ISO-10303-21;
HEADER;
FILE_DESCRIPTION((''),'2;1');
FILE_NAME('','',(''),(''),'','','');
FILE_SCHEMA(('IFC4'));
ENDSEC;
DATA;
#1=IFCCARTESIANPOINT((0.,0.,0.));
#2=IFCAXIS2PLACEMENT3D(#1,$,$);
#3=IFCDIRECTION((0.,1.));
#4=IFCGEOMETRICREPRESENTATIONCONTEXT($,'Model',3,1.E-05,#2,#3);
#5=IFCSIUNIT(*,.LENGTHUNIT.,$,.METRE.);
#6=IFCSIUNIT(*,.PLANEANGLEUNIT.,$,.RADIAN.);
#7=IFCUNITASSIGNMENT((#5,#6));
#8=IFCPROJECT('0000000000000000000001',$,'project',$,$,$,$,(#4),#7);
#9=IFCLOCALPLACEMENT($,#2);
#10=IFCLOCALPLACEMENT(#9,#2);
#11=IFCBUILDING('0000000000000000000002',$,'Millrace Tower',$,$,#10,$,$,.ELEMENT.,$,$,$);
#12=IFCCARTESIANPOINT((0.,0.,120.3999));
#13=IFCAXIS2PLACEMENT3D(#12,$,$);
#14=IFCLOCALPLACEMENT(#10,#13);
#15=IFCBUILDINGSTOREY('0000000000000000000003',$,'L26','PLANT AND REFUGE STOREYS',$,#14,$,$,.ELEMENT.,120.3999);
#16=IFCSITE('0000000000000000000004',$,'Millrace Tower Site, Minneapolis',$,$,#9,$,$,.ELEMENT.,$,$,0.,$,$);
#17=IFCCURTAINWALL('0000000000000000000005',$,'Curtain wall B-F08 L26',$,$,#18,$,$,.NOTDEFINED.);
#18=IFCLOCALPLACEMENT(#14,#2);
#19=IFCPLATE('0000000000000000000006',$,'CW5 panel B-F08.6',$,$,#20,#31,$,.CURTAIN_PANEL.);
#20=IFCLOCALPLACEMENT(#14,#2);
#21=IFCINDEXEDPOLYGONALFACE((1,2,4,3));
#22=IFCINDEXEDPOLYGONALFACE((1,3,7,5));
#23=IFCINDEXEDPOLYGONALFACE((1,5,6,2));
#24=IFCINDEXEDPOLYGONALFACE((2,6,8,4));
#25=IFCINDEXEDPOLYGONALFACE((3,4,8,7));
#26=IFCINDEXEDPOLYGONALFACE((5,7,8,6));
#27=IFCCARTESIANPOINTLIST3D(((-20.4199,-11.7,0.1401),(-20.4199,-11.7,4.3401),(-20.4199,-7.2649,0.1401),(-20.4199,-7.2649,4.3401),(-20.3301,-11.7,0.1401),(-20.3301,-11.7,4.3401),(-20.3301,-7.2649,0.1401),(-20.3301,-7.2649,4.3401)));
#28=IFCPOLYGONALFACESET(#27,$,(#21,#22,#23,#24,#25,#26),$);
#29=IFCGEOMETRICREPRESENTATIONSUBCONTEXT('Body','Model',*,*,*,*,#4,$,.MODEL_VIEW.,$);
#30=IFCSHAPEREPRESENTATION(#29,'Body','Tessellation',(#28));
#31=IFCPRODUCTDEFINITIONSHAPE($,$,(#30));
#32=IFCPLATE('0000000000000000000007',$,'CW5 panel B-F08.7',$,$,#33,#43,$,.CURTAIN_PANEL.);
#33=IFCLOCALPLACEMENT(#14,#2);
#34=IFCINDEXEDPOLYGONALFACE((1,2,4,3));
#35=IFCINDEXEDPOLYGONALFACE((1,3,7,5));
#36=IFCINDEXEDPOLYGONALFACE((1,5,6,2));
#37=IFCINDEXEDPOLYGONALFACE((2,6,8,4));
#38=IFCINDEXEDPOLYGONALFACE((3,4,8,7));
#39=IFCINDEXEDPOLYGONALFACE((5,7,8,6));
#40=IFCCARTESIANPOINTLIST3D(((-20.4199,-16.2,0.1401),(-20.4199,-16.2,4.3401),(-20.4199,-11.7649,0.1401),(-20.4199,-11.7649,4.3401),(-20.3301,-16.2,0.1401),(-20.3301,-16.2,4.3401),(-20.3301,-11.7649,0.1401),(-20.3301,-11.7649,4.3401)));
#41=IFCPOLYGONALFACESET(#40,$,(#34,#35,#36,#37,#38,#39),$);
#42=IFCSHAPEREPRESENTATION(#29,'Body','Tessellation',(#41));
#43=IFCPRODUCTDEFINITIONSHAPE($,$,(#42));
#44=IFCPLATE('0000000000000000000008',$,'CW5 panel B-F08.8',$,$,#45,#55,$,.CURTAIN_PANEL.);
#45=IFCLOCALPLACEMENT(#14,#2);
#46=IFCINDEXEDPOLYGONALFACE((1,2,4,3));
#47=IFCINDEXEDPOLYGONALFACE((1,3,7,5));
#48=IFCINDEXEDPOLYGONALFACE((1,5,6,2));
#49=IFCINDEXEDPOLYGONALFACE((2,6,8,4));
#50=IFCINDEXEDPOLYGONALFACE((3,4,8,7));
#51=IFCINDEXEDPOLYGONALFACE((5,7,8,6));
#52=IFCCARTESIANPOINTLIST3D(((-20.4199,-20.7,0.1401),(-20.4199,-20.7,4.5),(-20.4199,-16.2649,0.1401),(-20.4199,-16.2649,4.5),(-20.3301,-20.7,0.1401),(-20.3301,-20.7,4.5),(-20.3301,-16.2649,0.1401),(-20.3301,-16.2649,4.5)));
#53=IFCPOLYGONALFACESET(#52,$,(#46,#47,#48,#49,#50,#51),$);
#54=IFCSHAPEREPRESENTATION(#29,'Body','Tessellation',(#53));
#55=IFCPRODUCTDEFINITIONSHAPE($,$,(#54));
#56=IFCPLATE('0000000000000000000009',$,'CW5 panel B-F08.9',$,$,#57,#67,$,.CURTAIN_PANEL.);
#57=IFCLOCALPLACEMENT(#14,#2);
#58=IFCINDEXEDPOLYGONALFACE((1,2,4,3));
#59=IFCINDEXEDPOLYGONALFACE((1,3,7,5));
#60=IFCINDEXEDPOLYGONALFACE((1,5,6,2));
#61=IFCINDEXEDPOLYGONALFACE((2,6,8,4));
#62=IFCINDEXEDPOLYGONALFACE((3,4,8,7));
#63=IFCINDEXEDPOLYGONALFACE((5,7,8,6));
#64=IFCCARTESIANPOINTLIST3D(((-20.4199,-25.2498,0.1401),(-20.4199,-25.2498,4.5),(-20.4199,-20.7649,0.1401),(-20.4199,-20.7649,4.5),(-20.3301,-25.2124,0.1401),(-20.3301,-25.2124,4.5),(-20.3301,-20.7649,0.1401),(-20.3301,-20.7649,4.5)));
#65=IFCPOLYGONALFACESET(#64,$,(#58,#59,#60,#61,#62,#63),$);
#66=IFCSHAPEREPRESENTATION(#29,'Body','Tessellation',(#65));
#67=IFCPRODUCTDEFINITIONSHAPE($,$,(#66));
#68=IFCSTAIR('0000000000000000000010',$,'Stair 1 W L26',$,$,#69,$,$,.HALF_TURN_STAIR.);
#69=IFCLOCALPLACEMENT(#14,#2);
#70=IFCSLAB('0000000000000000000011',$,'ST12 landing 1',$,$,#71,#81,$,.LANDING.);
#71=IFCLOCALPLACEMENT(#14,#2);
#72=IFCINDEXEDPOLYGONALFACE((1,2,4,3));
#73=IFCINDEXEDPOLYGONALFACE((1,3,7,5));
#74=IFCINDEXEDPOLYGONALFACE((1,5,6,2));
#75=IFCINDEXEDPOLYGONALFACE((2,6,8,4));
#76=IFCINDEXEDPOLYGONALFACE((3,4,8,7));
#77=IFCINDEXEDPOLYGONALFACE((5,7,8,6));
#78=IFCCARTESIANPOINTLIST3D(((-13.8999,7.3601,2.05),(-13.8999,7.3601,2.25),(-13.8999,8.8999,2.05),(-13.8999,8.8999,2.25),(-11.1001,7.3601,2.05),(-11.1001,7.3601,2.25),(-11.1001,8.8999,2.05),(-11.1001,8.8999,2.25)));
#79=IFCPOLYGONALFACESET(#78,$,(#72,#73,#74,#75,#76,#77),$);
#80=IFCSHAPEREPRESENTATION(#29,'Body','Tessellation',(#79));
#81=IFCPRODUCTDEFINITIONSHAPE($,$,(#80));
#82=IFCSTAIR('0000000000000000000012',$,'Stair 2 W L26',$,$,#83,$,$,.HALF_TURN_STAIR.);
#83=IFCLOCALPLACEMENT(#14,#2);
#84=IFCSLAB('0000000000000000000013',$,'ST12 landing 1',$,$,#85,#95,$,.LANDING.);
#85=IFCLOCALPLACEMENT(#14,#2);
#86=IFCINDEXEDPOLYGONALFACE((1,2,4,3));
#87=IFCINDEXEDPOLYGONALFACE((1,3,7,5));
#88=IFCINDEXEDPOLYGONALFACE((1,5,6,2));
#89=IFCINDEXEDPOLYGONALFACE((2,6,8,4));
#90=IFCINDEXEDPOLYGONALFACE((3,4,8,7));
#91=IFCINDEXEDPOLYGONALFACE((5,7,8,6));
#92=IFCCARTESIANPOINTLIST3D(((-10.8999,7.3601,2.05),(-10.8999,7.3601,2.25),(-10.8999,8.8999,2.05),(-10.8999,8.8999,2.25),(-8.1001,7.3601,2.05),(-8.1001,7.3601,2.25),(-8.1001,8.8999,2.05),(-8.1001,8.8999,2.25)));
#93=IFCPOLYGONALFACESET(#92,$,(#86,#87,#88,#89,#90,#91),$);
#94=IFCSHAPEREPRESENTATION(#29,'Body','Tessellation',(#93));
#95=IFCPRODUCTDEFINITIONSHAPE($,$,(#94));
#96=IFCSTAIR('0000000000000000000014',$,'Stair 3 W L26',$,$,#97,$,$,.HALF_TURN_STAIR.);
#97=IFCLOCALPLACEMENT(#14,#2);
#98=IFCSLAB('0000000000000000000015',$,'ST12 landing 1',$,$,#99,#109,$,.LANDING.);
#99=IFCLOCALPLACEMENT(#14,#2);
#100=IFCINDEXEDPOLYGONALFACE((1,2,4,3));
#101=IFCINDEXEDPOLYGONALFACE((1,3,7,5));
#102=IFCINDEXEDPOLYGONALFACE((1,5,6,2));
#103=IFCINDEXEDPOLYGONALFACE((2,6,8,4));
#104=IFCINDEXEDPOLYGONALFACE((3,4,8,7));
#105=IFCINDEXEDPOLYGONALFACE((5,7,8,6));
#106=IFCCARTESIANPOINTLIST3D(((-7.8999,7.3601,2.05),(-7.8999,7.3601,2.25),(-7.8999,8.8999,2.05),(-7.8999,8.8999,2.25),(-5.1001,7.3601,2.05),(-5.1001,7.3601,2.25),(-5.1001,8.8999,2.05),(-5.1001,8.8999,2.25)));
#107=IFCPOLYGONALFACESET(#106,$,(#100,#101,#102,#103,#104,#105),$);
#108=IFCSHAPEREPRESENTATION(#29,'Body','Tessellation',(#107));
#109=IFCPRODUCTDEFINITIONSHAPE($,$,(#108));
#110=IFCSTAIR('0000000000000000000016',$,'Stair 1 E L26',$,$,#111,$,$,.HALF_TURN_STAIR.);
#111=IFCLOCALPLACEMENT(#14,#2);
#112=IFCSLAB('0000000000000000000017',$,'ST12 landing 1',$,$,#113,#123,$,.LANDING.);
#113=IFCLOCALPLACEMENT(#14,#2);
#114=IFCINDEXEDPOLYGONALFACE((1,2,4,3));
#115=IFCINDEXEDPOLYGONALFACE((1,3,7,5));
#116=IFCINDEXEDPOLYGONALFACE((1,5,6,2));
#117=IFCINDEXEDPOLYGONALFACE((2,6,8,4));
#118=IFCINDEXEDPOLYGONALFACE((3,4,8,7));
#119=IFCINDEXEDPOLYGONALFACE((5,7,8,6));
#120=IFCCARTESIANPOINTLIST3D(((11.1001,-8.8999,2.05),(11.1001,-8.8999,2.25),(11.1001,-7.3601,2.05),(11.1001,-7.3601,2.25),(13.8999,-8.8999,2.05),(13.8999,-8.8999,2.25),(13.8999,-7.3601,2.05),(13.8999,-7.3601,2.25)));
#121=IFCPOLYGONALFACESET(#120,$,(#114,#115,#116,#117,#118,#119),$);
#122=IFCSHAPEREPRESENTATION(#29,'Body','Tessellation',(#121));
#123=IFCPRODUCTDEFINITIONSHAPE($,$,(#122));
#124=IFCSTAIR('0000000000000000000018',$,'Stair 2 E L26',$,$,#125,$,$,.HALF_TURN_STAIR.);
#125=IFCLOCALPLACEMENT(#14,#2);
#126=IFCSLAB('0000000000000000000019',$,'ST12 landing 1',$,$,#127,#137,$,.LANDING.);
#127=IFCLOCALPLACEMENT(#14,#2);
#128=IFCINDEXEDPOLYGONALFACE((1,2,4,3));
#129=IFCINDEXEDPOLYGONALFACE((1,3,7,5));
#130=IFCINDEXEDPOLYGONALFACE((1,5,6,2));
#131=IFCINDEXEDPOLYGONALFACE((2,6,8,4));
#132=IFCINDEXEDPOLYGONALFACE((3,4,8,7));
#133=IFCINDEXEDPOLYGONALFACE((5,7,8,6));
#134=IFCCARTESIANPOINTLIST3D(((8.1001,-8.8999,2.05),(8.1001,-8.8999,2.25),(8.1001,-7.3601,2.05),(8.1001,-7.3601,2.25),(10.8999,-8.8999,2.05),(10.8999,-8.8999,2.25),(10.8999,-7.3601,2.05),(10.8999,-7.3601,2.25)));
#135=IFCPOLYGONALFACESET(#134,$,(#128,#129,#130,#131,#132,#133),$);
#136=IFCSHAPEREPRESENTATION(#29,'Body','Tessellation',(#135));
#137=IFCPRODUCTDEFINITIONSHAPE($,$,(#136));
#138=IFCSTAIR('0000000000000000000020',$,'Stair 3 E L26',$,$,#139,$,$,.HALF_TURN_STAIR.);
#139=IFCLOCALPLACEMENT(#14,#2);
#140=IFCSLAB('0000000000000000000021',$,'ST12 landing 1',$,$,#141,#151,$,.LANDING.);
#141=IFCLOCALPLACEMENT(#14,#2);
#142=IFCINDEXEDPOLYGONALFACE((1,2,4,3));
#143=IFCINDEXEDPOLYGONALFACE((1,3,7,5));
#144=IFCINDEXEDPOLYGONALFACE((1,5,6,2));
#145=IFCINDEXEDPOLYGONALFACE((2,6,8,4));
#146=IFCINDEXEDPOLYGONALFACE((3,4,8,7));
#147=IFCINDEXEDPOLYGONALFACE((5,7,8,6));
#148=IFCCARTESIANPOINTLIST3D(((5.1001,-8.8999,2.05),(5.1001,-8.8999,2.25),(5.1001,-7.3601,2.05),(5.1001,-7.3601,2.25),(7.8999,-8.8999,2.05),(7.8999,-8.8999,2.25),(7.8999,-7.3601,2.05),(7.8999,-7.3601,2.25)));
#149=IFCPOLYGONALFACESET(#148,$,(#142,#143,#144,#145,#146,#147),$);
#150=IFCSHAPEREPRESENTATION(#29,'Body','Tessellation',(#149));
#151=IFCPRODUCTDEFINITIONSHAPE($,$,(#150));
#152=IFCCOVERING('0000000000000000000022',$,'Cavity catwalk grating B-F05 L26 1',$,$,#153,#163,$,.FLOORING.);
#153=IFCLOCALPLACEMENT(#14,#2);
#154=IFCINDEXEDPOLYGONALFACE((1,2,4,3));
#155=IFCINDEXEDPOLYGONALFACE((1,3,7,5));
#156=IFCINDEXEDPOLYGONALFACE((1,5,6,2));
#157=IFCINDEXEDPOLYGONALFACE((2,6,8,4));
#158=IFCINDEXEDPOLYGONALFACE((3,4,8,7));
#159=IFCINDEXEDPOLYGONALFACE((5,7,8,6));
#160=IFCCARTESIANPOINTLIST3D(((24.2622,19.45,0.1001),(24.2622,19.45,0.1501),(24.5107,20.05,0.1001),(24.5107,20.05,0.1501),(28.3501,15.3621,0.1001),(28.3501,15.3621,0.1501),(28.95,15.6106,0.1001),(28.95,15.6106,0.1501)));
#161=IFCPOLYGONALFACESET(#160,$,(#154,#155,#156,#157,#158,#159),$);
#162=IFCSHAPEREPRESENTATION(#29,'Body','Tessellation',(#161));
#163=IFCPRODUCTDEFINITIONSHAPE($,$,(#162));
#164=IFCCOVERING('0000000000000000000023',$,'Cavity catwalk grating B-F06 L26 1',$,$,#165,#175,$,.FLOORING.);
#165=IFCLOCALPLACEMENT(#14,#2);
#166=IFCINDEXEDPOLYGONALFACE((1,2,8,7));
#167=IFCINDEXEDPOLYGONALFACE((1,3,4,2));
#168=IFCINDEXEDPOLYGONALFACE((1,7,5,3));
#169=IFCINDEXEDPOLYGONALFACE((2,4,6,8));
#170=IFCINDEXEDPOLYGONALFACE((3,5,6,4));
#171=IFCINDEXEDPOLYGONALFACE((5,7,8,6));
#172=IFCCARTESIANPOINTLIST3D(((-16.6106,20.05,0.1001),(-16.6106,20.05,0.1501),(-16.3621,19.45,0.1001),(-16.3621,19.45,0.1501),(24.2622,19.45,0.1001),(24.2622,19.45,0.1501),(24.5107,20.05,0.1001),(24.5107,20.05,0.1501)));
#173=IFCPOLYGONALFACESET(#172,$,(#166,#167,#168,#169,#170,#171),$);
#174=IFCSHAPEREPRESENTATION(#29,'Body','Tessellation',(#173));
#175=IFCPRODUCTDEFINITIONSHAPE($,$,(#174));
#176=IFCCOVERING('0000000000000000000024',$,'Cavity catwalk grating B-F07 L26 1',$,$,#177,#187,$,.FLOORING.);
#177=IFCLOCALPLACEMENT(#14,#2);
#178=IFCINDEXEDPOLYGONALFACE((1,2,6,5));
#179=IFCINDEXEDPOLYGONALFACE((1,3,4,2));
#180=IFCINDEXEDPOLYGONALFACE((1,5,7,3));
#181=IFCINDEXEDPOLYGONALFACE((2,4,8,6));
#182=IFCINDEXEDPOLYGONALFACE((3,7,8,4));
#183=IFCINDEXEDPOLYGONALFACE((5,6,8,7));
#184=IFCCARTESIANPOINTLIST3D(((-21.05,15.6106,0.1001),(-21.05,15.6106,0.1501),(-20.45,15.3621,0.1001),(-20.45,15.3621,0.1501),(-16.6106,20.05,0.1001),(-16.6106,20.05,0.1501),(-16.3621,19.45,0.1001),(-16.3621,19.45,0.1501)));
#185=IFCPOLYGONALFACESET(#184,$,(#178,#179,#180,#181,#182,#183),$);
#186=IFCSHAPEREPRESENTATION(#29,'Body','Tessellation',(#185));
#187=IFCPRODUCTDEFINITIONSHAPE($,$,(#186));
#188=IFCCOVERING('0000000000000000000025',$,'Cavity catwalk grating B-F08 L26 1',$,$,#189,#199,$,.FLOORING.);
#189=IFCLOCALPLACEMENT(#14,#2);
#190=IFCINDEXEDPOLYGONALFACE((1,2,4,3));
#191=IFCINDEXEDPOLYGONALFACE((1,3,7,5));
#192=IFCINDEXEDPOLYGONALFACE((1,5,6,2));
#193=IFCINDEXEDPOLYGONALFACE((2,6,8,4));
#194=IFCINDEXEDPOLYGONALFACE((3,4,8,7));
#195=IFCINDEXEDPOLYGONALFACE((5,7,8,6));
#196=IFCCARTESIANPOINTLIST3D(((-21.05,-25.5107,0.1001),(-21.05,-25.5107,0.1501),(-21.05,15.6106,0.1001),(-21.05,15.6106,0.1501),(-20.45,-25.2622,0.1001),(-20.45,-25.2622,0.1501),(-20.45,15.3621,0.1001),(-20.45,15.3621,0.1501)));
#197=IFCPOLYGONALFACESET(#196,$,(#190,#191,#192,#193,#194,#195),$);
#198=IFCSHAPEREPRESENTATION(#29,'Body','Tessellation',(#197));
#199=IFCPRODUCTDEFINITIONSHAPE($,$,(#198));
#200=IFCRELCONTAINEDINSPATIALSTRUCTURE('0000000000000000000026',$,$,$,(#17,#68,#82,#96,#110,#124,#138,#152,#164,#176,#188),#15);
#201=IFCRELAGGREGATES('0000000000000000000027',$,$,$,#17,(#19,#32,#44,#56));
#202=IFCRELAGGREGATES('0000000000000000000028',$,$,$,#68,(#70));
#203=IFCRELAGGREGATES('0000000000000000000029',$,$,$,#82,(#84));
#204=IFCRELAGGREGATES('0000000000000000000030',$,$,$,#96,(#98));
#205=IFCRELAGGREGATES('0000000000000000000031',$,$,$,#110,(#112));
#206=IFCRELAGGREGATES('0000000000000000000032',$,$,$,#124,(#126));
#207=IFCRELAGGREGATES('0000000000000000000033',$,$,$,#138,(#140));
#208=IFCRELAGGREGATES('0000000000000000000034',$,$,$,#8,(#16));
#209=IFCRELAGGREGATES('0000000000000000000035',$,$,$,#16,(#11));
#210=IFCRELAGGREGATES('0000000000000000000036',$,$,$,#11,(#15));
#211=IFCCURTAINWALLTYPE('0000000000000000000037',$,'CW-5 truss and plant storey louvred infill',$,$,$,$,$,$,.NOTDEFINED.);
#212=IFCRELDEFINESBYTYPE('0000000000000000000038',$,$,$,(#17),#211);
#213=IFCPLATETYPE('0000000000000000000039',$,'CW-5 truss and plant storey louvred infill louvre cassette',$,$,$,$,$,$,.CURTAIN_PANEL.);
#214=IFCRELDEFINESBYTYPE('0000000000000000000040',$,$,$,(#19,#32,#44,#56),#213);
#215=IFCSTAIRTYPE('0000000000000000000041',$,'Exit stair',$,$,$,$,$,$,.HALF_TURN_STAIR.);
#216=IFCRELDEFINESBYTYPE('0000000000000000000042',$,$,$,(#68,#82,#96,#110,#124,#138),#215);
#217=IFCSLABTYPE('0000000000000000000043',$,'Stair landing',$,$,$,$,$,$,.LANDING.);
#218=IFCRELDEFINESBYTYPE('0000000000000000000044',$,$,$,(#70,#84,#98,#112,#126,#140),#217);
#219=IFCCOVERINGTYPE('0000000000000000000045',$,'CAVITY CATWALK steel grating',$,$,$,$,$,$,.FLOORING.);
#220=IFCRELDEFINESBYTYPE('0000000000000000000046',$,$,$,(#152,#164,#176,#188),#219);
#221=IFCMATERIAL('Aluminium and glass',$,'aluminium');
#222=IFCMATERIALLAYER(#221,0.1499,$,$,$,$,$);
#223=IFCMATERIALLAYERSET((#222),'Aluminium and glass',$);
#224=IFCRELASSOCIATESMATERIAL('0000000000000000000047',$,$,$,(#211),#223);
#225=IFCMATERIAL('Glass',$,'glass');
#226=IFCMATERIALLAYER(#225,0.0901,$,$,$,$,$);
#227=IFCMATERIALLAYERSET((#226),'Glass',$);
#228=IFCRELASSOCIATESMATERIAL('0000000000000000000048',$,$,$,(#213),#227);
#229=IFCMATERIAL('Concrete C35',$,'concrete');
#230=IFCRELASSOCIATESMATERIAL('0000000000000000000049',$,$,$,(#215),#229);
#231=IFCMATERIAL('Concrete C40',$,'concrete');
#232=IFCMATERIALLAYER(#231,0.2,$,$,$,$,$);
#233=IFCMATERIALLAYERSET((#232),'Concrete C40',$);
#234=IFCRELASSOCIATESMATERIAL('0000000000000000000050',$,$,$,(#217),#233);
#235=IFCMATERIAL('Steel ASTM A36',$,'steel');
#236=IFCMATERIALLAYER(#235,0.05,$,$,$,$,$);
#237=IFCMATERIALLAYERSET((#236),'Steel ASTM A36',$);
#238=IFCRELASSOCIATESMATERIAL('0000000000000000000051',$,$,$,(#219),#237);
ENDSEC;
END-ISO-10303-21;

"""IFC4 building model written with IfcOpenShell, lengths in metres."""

from ifc_helpers import new_model, si_unit, direction, frame, origin, place, context, subcontext, project, spatial, polyline, outline, extrude, material, layer, layer_set, type_object, element, aggregate, save


model = new_model("IFC4")

# Units and contexts
model_context = context("Model", 3, precision=1e-05, world=origin(), true_north=direction((0.0, 1.0)))
body_context = subcontext(model_context, "Body", "Model", "MODEL_VIEW")
ifc_project = project(units=[si_unit("LENGTHUNIT", "METRE"), si_unit("PLANEANGLEUNIT", "RADIAN")], contexts=[model_context])

# Site, building, storey
site_placement = place(None, origin())
site = spatial("IfcSite", under=ifc_project, at=site_placement, Name="Millrace Tower Site, Minneapolis", CompositionType="ELEMENT", RefElevation=0.0)
building_placement = place(site_placement, origin())
building = spatial("IfcBuilding", under=site, at=building_placement, Name="Millrace Tower", CompositionType="ELEMENT")
storey_placement = place(building_placement, frame((0.0, 0.0, 120.3999)))
storey = spatial("IfcBuildingStorey", under=building, at=storey_placement, Name="L26", Description="PLANT AND REFUGE STOREYS", CompositionType="ELEMENT", Elevation=120.3999)

# Shared definitions
ifc_material_1 = material(Name="Aluminium and glass", Category="aluminium")
ifc_layer_1 = layer(ifc_material_1, 0.1499)
ifc_layer_set_1 = layer_set([ifc_layer_1], Name="Aluminium and glass")
curtain_wall_type = type_object("IfcCurtainWallType", Name="CW-5 truss and plant storey louvred infill", PredefinedType="NOTDEFINED", material=ifc_layer_set_1)
placement_1 = place(storey_placement, origin())
ifc_material_2 = material(Name="Glass", Category="glass")
ifc_layer_2 = layer(ifc_material_2, 0.0901)
ifc_layer_set_2 = layer_set([ifc_layer_2], Name="Glass")
plate_type = type_object("IfcPlateType", Name="CW-5 truss and plant storey louvred infill louvre cassette", PredefinedType="CURTAIN_PANEL", material=ifc_layer_set_2)
placement_2 = place(storey_placement, frame((0.0, 0.0, 0.1401)))

# Curtain wall, plates
curtain_wall_1 = element("IfcCurtainWall", 1, at=placement_1, inside=storey, type_object=curtain_wall_type, Name="Curtain wall B-F08 L26", PredefinedType="NOTDEFINED")
plate_1 = element("IfcPlate", 2, at=placement_2, type_object=plate_type, Name="CW5 panel B-F08.6", PredefinedType="CURTAIN_PANEL", context=body_context, shape_type="SweptSolid", body=[
    extrude(outline(polyline([(-20.4199, -7.2649), (-20.4199, -11.7), (-20.3301, -11.7), (-20.3301, -7.2649), (-20.4199, -7.2649)])), origin(), (0.0, 0.0, 1.0), 4.2),
])
plate_2 = element("IfcPlate", 3, at=placement_2, type_object=plate_type, Name="CW5 panel B-F08.7", PredefinedType="CURTAIN_PANEL", context=body_context, shape_type="SweptSolid", body=[
    extrude(outline(polyline([(-20.4199, -11.7649), (-20.4199, -16.2), (-20.3301, -16.2), (-20.3301, -11.7649), (-20.4199, -11.7649)])), origin(), (0.0, 0.0, 1.0), 4.2),
])
plate_3 = element("IfcPlate", 4, at=placement_2, type_object=plate_type, Name="CW5 panel B-F08.8", PredefinedType="CURTAIN_PANEL", context=body_context, shape_type="SweptSolid", body=[
    extrude(outline(polyline([(-20.4199, -16.2649), (-20.4199, -20.7), (-20.3301, -20.7), (-20.3301, -16.2649), (-20.4199, -16.2649)])), origin(), (0.0, 0.0, 1.0), 4.3599),
])
plate_4 = element("IfcPlate", 5, at=placement_2, type_object=plate_type, Name="CW5 panel B-F08.9", PredefinedType="CURTAIN_PANEL", context=body_context, shape_type="SweptSolid", body=[
    extrude(outline(polyline([(-20.4199, -20.7649), (-20.4199, -25.2498), (-20.3301, -25.2124), (-20.3301, -20.7649), (-20.4199, -20.7649)])), origin(), (0.0, 0.0, 1.0), 4.3599),
])
aggregate(curtain_wall_1, [plate_1, plate_2, plate_3, plate_4])

# Stairs, slabs
ifc_material_3 = material(Name="Concrete C35", Category="concrete")
stair_type = type_object("IfcStairType", Name="Exit stair", PredefinedType="HALF_TURN_STAIR", material=ifc_material_3)
stair_1 = element("IfcStair", 6, at=placement_1, inside=storey, type_object=stair_type, Name="Stair 1 W L26", PredefinedType="HALF_TURN_STAIR")
ifc_material_4 = material(Name="Concrete C40", Category="concrete")
ifc_layer_3 = layer(ifc_material_4, 0.2)
ifc_layer_set_3 = layer_set([ifc_layer_3], Name="Concrete C40")
slab_type = type_object("IfcSlabType", Name="Stair landing", PredefinedType="LANDING", material=ifc_layer_set_3)
placement_3 = place(storey_placement, frame((0.0, 0.0, 2.05)))
slab_1 = element("IfcSlab", 7, at=placement_3, type_object=slab_type, Name="ST12 landing 1", PredefinedType="LANDING", context=body_context, shape_type="SweptSolid", body=[
    extrude(outline(polyline([(-13.8999, 7.3601), (-11.1001, 7.3601), (-11.1001, 8.8999), (-13.8999, 8.8999), (-13.8999, 7.3601)])), origin(), (0.0, 0.0, 1.0), 0.2),
])
aggregate(stair_1, [slab_1])
stair_2 = element("IfcStair", 8, at=placement_1, inside=storey, type_object=stair_type, Name="Stair 2 W L26", PredefinedType="HALF_TURN_STAIR")
slab_2 = element("IfcSlab", 9, at=placement_3, type_object=slab_type, Name="ST12 landing 1", PredefinedType="LANDING", context=body_context, shape_type="SweptSolid", body=[
    extrude(outline(polyline([(-10.8999, 7.3601), (-8.1001, 7.3601), (-8.1001, 8.8999), (-10.8999, 8.8999), (-10.8999, 7.3601)])), origin(), (0.0, 0.0, 1.0), 0.2),
])
aggregate(stair_2, [slab_2])
stair_3 = element("IfcStair", 10, at=placement_1, inside=storey, type_object=stair_type, Name="Stair 3 W L26", PredefinedType="HALF_TURN_STAIR")
slab_3 = element("IfcSlab", 11, at=placement_3, type_object=slab_type, Name="ST12 landing 1", PredefinedType="LANDING", context=body_context, shape_type="SweptSolid", body=[
    extrude(outline(polyline([(-7.8999, 7.3601), (-5.1001, 7.3601), (-5.1001, 8.8999), (-7.8999, 8.8999), (-7.8999, 7.3601)])), origin(), (0.0, 0.0, 1.0), 0.2),
])
aggregate(stair_3, [slab_3])
stair_4 = element("IfcStair", 12, at=placement_1, inside=storey, type_object=stair_type, Name="Stair 1 E L26", PredefinedType="HALF_TURN_STAIR")
slab_4 = element("IfcSlab", 13, at=placement_3, type_object=slab_type, Name="ST12 landing 1", PredefinedType="LANDING", context=body_context, shape_type="SweptSolid", body=[
    extrude(outline(polyline([(11.1001, -8.8999), (13.8999, -8.8999), (13.8999, -7.3601), (11.1001, -7.3601), (11.1001, -8.8999)])), origin(), (0.0, 0.0, 1.0), 0.2),
])
aggregate(stair_4, [slab_4])
stair_5 = element("IfcStair", 14, at=placement_1, inside=storey, type_object=stair_type, Name="Stair 2 E L26", PredefinedType="HALF_TURN_STAIR")
slab_5 = element("IfcSlab", 15, at=placement_3, type_object=slab_type, Name="ST12 landing 1", PredefinedType="LANDING", context=body_context, shape_type="SweptSolid", body=[
    extrude(outline(polyline([(8.1001, -8.8999), (10.8999, -8.8999), (10.8999, -7.3601), (8.1001, -7.3601), (8.1001, -8.8999)])), origin(), (0.0, 0.0, 1.0), 0.2),
])
aggregate(stair_5, [slab_5])
stair_6 = element("IfcStair", 16, at=placement_1, inside=storey, type_object=stair_type, Name="Stair 3 E L26", PredefinedType="HALF_TURN_STAIR")
slab_6 = element("IfcSlab", 17, at=placement_3, type_object=slab_type, Name="ST12 landing 1", PredefinedType="LANDING", context=body_context, shape_type="SweptSolid", body=[
    extrude(outline(polyline([(5.1001, -8.8999), (7.8999, -8.8999), (7.8999, -7.3601), (5.1001, -7.3601), (5.1001, -8.8999)])), origin(), (0.0, 0.0, 1.0), 0.2),
])
aggregate(stair_6, [slab_6])

# Coverings
ifc_material_5 = material(Name="Steel ASTM A36", Category="steel")
ifc_layer_4 = layer(ifc_material_5, 0.05)
ifc_layer_set_4 = layer_set([ifc_layer_4], Name="Steel ASTM A36")
covering_type = type_object("IfcCoveringType", Name="CAVITY CATWALK steel grating", PredefinedType="FLOORING", material=ifc_layer_set_4)
placement_4 = place(storey_placement, frame((0.0, 0.0, 0.1001)))
element("IfcCovering", 18, at=placement_4, inside=storey, type_object=covering_type, Name="Cavity catwalk grating B-F05 L26 1", PredefinedType="FLOORING", context=body_context, shape_type="SweptSolid", body=[
    extrude(outline(polyline([(28.95, 15.6106), (24.5107, 20.05), (24.2622, 19.45), (28.3501, 15.3621), (28.95, 15.6106)])), origin(), (0.0, 0.0, 1.0), 0.05),
])
element("IfcCovering", 19, at=placement_4, inside=storey, type_object=covering_type, Name="Cavity catwalk grating B-F06 L26 1", PredefinedType="FLOORING", context=body_context, shape_type="SweptSolid", body=[
    extrude(outline(polyline([(24.5107, 20.05), (-16.6106, 20.05), (-16.3621, 19.45), (24.2622, 19.45), (24.5107, 20.05)])), origin(), (0.0, 0.0, 1.0), 0.05),
])
element("IfcCovering", 20, at=placement_4, inside=storey, type_object=covering_type, Name="Cavity catwalk grating B-F07 L26 1", PredefinedType="FLOORING", context=body_context, shape_type="SweptSolid", body=[
    extrude(outline(polyline([(-16.6106, 20.05), (-21.05, 15.6106), (-20.45, 15.3621), (-16.3621, 19.45), (-16.6106, 20.05)])), origin(), (0.0, 0.0, 1.0), 0.05),
])
element("IfcCovering", 21, at=placement_4, inside=storey, type_object=covering_type, Name="Cavity catwalk grating B-F08 L26 1", PredefinedType="FLOORING", context=body_context, shape_type="SweptSolid", body=[
    extrude(outline(polyline([(-21.05, 15.6106), (-21.05, -25.5107), (-20.45, -25.2622), (-20.45, 15.3621), (-21.05, 15.6106)])), origin(), (0.0, 0.0, 1.0), 0.05),
])

save(model, "model.ifc")
